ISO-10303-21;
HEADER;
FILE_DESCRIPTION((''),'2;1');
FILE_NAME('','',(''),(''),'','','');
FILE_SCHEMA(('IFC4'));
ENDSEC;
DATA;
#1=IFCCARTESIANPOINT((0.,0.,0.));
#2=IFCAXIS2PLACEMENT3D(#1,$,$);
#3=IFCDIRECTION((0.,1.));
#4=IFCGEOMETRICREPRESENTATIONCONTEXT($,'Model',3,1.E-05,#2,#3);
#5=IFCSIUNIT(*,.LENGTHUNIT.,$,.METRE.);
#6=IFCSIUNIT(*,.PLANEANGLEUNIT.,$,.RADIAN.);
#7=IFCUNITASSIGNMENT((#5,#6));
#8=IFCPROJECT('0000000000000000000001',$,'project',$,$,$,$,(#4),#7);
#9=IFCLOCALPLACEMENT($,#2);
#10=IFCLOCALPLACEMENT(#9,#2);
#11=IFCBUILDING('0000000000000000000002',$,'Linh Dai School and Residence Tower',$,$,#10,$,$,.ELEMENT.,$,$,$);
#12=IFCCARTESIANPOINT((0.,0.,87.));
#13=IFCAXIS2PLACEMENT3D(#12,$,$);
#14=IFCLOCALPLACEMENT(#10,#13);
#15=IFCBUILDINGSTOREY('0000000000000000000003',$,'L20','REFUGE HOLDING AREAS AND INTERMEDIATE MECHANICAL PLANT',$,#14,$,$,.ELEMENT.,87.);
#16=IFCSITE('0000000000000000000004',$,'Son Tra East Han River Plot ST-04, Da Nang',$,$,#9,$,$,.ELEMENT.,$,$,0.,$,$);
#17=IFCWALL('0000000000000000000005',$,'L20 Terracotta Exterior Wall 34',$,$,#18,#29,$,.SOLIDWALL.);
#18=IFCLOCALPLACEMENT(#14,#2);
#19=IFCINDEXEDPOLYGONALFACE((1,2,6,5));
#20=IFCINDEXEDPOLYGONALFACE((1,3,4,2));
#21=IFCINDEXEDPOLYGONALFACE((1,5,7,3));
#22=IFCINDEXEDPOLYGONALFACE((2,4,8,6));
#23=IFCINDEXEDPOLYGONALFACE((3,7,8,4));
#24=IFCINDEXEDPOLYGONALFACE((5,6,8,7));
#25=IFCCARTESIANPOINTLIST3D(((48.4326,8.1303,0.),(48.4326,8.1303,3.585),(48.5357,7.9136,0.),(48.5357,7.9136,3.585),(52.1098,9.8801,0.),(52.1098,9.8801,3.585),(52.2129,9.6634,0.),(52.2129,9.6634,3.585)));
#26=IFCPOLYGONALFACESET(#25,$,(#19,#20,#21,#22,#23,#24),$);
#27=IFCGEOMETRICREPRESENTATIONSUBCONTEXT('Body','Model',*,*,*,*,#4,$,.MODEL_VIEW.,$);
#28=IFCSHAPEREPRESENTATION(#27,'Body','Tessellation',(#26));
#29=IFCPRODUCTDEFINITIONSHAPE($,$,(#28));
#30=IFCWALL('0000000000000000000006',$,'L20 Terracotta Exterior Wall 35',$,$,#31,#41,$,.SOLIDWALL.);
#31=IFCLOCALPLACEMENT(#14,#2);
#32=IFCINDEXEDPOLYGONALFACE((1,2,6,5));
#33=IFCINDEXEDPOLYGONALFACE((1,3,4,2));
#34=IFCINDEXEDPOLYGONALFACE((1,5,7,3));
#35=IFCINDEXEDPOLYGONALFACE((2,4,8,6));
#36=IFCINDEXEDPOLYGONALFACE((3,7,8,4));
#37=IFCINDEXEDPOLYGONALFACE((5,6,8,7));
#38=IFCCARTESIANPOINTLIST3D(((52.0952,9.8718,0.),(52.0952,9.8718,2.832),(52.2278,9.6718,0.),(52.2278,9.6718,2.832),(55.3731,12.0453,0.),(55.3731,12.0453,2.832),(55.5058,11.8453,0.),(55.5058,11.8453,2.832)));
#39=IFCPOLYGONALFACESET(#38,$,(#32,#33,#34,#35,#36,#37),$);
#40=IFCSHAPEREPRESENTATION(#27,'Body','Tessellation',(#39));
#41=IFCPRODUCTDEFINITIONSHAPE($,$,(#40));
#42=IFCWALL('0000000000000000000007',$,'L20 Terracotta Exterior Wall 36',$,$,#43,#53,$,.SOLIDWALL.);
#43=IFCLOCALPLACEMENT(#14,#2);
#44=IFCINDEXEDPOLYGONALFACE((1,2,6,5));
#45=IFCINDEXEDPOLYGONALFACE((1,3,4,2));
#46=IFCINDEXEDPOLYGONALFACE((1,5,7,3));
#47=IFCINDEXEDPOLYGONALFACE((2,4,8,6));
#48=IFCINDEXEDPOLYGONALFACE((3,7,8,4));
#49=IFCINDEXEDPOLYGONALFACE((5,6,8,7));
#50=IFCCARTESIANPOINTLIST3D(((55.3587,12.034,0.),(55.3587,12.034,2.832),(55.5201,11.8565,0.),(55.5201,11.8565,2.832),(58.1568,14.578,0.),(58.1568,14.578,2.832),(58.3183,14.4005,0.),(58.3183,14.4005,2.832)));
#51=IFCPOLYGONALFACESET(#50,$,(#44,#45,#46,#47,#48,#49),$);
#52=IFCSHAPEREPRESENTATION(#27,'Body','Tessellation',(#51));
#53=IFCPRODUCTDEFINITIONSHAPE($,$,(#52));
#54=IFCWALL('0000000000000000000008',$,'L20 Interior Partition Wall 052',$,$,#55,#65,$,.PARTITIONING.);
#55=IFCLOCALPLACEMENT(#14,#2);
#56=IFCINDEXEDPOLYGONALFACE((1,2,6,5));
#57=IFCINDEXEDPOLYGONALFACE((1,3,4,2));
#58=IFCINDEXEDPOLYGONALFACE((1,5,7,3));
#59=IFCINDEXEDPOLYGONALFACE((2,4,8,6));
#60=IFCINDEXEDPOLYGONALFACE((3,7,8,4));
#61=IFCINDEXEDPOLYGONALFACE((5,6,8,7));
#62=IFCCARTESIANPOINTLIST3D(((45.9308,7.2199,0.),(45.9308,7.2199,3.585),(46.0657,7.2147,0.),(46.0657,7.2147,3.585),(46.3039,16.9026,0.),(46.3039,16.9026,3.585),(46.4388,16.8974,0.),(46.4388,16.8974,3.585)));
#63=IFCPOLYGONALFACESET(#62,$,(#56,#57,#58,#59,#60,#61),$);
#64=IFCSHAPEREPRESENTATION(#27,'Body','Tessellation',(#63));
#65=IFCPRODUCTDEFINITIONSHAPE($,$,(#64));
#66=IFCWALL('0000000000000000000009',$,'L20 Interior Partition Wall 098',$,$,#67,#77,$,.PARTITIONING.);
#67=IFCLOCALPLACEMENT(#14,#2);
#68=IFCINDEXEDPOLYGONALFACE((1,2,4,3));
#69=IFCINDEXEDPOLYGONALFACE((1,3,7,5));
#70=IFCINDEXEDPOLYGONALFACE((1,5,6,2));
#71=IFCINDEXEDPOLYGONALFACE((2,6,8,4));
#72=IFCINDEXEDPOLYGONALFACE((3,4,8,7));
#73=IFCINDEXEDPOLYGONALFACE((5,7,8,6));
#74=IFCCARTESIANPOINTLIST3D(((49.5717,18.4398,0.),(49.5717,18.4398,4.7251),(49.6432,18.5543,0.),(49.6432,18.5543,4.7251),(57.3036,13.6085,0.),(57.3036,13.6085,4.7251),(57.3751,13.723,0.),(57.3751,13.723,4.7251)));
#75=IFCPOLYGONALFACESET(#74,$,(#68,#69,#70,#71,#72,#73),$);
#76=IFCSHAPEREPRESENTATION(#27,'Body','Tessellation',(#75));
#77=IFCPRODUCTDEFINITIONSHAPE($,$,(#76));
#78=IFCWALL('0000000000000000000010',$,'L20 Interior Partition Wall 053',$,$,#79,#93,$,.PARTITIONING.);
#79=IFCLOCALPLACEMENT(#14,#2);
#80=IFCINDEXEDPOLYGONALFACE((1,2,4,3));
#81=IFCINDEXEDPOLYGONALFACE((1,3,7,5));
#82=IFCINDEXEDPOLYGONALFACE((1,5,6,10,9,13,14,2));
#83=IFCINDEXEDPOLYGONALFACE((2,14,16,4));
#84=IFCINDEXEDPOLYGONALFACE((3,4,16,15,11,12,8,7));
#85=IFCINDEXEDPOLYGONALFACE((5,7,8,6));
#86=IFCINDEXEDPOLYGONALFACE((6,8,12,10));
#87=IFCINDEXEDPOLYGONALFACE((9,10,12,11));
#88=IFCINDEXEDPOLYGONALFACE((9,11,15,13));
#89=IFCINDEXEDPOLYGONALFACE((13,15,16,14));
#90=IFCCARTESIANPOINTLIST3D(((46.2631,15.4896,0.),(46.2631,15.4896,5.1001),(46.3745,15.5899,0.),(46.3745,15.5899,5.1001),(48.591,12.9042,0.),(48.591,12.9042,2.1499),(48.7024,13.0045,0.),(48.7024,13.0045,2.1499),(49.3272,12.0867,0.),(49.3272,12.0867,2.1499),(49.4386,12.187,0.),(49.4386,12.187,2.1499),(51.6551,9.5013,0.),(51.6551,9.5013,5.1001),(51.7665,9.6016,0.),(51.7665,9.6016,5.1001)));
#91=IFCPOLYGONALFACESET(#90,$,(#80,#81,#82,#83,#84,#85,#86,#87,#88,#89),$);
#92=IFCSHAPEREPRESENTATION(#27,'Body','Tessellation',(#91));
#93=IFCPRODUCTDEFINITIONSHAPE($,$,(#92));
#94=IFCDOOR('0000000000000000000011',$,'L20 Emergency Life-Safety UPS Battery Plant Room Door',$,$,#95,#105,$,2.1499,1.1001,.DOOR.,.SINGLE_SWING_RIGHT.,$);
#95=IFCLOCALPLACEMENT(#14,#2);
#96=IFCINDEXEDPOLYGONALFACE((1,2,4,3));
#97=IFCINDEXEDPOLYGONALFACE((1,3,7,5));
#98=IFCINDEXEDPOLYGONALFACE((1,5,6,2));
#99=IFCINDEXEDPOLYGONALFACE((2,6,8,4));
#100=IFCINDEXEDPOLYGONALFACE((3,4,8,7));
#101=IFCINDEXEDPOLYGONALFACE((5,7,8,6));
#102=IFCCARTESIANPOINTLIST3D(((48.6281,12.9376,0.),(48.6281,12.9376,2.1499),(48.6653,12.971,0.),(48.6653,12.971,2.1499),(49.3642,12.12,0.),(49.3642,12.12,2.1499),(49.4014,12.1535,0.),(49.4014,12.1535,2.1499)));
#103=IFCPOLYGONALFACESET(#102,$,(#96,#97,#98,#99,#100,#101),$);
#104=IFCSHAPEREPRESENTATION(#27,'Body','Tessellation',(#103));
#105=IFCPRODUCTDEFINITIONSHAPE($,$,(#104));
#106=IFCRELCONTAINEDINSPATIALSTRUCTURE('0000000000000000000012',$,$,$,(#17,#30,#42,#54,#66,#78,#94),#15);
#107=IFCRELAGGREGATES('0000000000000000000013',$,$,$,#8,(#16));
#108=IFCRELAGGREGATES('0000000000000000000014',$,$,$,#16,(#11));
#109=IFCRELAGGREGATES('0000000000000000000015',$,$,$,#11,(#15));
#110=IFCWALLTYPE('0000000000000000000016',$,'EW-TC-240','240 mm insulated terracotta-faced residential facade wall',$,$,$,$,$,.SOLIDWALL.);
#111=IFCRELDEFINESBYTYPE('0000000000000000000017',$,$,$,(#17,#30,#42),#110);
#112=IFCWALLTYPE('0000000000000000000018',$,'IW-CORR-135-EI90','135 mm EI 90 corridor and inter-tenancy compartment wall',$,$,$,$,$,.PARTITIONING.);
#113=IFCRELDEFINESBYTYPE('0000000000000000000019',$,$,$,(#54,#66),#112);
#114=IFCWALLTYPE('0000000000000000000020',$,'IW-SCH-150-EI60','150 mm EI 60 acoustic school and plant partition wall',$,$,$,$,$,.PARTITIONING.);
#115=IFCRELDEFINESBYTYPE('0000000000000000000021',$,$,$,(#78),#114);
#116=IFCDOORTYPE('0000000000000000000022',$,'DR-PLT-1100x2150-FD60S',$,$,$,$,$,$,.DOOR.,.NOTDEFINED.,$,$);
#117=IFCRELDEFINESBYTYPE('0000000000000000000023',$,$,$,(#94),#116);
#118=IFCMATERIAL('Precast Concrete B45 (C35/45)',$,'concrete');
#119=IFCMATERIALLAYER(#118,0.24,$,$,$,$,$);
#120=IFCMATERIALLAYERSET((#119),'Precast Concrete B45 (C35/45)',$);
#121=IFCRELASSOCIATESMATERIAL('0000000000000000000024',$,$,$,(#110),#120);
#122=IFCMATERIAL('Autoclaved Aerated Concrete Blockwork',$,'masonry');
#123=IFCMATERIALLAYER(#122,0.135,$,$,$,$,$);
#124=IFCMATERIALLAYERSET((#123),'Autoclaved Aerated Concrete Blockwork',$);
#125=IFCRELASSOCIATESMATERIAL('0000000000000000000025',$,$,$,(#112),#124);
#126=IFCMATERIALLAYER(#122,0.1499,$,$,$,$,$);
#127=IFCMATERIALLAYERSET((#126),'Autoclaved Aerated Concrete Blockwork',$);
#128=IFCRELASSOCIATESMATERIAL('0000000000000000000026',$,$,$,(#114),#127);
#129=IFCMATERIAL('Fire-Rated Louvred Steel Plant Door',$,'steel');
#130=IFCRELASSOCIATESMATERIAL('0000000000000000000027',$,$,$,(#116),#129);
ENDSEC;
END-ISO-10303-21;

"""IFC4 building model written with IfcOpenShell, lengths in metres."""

from ifc_helpers import new_model, si_unit, direction, frame, frame_2d, origin, origin_2d, place, context, subcontext, project, spatial, rectangle, extrude, source, transform, mapped, material, layer, layer_set, type_object, element, fill, save


model = new_model("IFC4")

# Units and contexts
model_context = context("Model", 3, precision=1e-05, world=origin(), true_north=direction((0.0, 1.0)))
body_context = subcontext(model_context, "Body", "Model", "MODEL_VIEW")
ifc_project = project(units=[si_unit("LENGTHUNIT", "METRE"), si_unit("PLANEANGLEUNIT", "RADIAN")], contexts=[model_context])

# Site, building, storey
site_placement = place(None, origin())
site = spatial("IfcSite", under=ifc_project, at=site_placement, Name="Son Tra East Han River Plot ST-04, Da Nang", CompositionType="ELEMENT", RefElevation=0.0)
building_placement = place(site_placement, origin())
building = spatial("IfcBuilding", under=site, at=building_placement, Name="Linh Dai School and Residence Tower", CompositionType="ELEMENT")
storey_placement = place(building_placement, frame((0.0, 0.0, 87.0)))
storey = spatial("IfcBuildingStorey", under=building, at=storey_placement, Name="L20", Description="REFUGE HOLDING AREAS AND INTERMEDIATE MECHANICAL PLANT", CompositionType="ELEMENT", Elevation=87.0)

# Walls
ifc_material_1 = material(Name="Precast Concrete B45 (C35/45)", Category="concrete")
ifc_layer_1 = layer(ifc_material_1, 0.24)
ifc_layer_set_1 = layer_set([ifc_layer_1], Name="Precast Concrete B45 (C35/45)")
wall_type_1 = type_object("IfcWallType", Name="EW-TC-240", Description="240 mm insulated terracotta-faced residential facade wall", PredefinedType="SOLIDWALL", material=ifc_layer_set_1)
wall_1_placement = place(storey_placement, frame((52.1614, 9.7717, 0.0), z_axis=(0.0, 0.0, 1.0), x_axis=(-0.902986, -0.429671, 0.0)))
element("IfcWall", 1, at=wall_1_placement, inside=storey, type_object=wall_type_1, Name="L20 Terracotta Exterior Wall 34", PredefinedType="SOLIDWALL", context=body_context, shape_type="SweptSolid", body=[
    extrude(rectangle(XDim=4.0723, YDim=0.24, at=frame_2d((2.0361, 0.0))), origin(), (0.0, 0.0, 1.0), 3.585),
])
wall_2_placement = place(storey_placement, frame((55.4395, 11.9453, 0.0), z_axis=(0.0, 0.0, 1.0), x_axis=(-0.833432, -0.552621, 0.0)))
element("IfcWall", 2, at=wall_2_placement, inside=storey, type_object=wall_type_1, Name="L20 Terracotta Exterior Wall 35", PredefinedType="SOLIDWALL", context=body_context, shape_type="SweptSolid", body=[
    extrude(rectangle(XDim=3.9331, YDim=0.24, at=frame_2d((1.9666, 0.0))), origin(), (0.0, 0.0, 1.0), 2.832),
])
wall_3_placement = place(storey_placement, frame((58.2375, 14.4893, 0.0), z_axis=(0.0, 0.0, 1.0), x_axis=(-0.739911, -0.672705, 0.0)))
element("IfcWall", 3, at=wall_3_placement, inside=storey, type_object=wall_type_1, Name="L20 Terracotta Exterior Wall 36", PredefinedType="SOLIDWALL", context=body_context, shape_type="SweptSolid", body=[
    extrude(rectangle(XDim=3.7817, YDim=0.24, at=frame_2d((1.8909, 0.0))), origin(), (0.0, 0.0, 1.0), 2.832),
])
ifc_material_2 = material(Name="Autoclaved Aerated Concrete Blockwork", Category="masonry")
ifc_layer_2 = layer(ifc_material_2, 0.135)
ifc_layer_set_2 = layer_set([ifc_layer_2], Name="Autoclaved Aerated Concrete Blockwork")
wall_type_2 = type_object("IfcWallType", Name="IW-CORR-135-EI90", Description="135 mm EI 90 corridor and inter-tenancy compartment wall", PredefinedType="PARTITIONING", material=ifc_layer_set_2)
wall_4_placement = place(storey_placement, frame((45.9983, 7.2173, 0.0), z_axis=(0.0, 0.0, 1.0), x_axis=(0.038498, 0.999259, 0.0)))
element("IfcWall", 4, at=wall_4_placement, inside=storey, type_object=wall_type_2, Name="L20 Interior Partition Wall 052", PredefinedType="PARTITIONING", context=body_context, shape_type="SweptSolid", body=[
    extrude(rectangle(XDim=9.6899, YDim=0.135, at=frame_2d((4.845, 0.0))), origin(), (0.0, 0.0, 1.0), 3.585),
])
wall_5_placement = place(storey_placement, frame((57.3394, 13.6658, 0.0), z_axis=(0.0, 0.0, 1.0), x_axis=(-0.848055, 0.529907, 0.0)))
element("IfcWall", 5, at=wall_5_placement, inside=storey, type_object=wall_type_2, Name="L20 Interior Partition Wall 098", PredefinedType="PARTITIONING", context=body_context, shape_type="SweptSolid", body=[
    extrude(rectangle(XDim=9.1172, YDim=0.135, at=frame_2d((4.5586, 0.0))), origin(), (0.0, 0.0, 1.0), 4.7251),
])

# Wall, opening, door
ifc_layer_3 = layer(ifc_material_2, 0.1499)
ifc_layer_set_3 = layer_set([ifc_layer_3], Name="Autoclaved Aerated Concrete Blockwork")
wall_type_3 = type_object("IfcWallType", Name="IW-SCH-150-EI60", Description="150 mm EI 60 acoustic school and plant partition wall", PredefinedType="PARTITIONING", material=ifc_layer_set_3)
wall_6_placement = place(storey_placement, frame((46.3188, 15.5398, 0.0), z_axis=(0.0, 0.0, 1.0), x_axis=(0.669129, -0.743146, 0.0)))
wall_6 = element("IfcWall", 6, at=wall_6_placement, inside=storey, type_object=wall_type_3, Name="L20 Interior Partition Wall 053", PredefinedType="PARTITIONING", context=body_context, shape_type="SweptSolid", body=[
    extrude(rectangle(XDim=8.0581, YDim=0.1499, at=frame_2d((4.0291, 0.0))), origin(), (0.0, 0.0, 1.0), 5.1001),
])
opening_placement = place(wall_6_placement, frame((3.479, 0.0, 0.0)))
opening = element("IfcOpeningElement", 7, at=opening_placement, cuts=wall_6, PredefinedType="OPENING", context=body_context, shape_type="SweptSolid", body=[
    extrude(rectangle(XDim=1.1001, YDim=2.1499, at=origin_2d()), frame((0.55, 0.085, 1.075), z_axis=(0.0, -1.0, 0.0), x_axis=(1.0, 0.0, 0.0)), (0.0, 0.0, 1.0), 0.1699),
])
ifc_material_3 = material(Name="Fire-Rated Louvred Steel Plant Door", Category="steel")
door_type = type_object("IfcDoorType", Name="DR-PLT-1100x2150-FD60S", OperationType="NOTDEFINED", PredefinedType="DOOR", material=ifc_material_3)
shared_shape_1 = source(origin(), body_context, "Body", "SweptSolid", [
    extrude(rectangle(XDim=1.1001, YDim=2.1499, at=origin_2d()), frame((0.55, 0.0249, 1.075), z_axis=(0.0, -1.0, 0.0), x_axis=(1.0, 0.0, 0.0)), (0.0, 0.0, 1.0), 0.05),
])
door_placement = place(opening_placement, origin())
door = element("IfcDoor", 8, at=door_placement, inside=storey, type_object=door_type, Name="L20 Emergency Life-Safety UPS Battery Plant Room Door", OperationType="SINGLE_SWING_RIGHT", OverallHeight=2.1499, OverallWidth=1.1001, PredefinedType="DOOR", context=body_context, shape_type="MappedRepresentation", body=[
    mapped(shared_shape_1, transform((0.0, 0.0, 0.0), x_axis=(1.0, 0.0, 0.0), y_axis=(0.0, 1.0, 0.0), z_axis=(0.0, 0.0, 1.0), scale=1.0)),
])
fill(opening, door)

save(model, "model.ifc")
